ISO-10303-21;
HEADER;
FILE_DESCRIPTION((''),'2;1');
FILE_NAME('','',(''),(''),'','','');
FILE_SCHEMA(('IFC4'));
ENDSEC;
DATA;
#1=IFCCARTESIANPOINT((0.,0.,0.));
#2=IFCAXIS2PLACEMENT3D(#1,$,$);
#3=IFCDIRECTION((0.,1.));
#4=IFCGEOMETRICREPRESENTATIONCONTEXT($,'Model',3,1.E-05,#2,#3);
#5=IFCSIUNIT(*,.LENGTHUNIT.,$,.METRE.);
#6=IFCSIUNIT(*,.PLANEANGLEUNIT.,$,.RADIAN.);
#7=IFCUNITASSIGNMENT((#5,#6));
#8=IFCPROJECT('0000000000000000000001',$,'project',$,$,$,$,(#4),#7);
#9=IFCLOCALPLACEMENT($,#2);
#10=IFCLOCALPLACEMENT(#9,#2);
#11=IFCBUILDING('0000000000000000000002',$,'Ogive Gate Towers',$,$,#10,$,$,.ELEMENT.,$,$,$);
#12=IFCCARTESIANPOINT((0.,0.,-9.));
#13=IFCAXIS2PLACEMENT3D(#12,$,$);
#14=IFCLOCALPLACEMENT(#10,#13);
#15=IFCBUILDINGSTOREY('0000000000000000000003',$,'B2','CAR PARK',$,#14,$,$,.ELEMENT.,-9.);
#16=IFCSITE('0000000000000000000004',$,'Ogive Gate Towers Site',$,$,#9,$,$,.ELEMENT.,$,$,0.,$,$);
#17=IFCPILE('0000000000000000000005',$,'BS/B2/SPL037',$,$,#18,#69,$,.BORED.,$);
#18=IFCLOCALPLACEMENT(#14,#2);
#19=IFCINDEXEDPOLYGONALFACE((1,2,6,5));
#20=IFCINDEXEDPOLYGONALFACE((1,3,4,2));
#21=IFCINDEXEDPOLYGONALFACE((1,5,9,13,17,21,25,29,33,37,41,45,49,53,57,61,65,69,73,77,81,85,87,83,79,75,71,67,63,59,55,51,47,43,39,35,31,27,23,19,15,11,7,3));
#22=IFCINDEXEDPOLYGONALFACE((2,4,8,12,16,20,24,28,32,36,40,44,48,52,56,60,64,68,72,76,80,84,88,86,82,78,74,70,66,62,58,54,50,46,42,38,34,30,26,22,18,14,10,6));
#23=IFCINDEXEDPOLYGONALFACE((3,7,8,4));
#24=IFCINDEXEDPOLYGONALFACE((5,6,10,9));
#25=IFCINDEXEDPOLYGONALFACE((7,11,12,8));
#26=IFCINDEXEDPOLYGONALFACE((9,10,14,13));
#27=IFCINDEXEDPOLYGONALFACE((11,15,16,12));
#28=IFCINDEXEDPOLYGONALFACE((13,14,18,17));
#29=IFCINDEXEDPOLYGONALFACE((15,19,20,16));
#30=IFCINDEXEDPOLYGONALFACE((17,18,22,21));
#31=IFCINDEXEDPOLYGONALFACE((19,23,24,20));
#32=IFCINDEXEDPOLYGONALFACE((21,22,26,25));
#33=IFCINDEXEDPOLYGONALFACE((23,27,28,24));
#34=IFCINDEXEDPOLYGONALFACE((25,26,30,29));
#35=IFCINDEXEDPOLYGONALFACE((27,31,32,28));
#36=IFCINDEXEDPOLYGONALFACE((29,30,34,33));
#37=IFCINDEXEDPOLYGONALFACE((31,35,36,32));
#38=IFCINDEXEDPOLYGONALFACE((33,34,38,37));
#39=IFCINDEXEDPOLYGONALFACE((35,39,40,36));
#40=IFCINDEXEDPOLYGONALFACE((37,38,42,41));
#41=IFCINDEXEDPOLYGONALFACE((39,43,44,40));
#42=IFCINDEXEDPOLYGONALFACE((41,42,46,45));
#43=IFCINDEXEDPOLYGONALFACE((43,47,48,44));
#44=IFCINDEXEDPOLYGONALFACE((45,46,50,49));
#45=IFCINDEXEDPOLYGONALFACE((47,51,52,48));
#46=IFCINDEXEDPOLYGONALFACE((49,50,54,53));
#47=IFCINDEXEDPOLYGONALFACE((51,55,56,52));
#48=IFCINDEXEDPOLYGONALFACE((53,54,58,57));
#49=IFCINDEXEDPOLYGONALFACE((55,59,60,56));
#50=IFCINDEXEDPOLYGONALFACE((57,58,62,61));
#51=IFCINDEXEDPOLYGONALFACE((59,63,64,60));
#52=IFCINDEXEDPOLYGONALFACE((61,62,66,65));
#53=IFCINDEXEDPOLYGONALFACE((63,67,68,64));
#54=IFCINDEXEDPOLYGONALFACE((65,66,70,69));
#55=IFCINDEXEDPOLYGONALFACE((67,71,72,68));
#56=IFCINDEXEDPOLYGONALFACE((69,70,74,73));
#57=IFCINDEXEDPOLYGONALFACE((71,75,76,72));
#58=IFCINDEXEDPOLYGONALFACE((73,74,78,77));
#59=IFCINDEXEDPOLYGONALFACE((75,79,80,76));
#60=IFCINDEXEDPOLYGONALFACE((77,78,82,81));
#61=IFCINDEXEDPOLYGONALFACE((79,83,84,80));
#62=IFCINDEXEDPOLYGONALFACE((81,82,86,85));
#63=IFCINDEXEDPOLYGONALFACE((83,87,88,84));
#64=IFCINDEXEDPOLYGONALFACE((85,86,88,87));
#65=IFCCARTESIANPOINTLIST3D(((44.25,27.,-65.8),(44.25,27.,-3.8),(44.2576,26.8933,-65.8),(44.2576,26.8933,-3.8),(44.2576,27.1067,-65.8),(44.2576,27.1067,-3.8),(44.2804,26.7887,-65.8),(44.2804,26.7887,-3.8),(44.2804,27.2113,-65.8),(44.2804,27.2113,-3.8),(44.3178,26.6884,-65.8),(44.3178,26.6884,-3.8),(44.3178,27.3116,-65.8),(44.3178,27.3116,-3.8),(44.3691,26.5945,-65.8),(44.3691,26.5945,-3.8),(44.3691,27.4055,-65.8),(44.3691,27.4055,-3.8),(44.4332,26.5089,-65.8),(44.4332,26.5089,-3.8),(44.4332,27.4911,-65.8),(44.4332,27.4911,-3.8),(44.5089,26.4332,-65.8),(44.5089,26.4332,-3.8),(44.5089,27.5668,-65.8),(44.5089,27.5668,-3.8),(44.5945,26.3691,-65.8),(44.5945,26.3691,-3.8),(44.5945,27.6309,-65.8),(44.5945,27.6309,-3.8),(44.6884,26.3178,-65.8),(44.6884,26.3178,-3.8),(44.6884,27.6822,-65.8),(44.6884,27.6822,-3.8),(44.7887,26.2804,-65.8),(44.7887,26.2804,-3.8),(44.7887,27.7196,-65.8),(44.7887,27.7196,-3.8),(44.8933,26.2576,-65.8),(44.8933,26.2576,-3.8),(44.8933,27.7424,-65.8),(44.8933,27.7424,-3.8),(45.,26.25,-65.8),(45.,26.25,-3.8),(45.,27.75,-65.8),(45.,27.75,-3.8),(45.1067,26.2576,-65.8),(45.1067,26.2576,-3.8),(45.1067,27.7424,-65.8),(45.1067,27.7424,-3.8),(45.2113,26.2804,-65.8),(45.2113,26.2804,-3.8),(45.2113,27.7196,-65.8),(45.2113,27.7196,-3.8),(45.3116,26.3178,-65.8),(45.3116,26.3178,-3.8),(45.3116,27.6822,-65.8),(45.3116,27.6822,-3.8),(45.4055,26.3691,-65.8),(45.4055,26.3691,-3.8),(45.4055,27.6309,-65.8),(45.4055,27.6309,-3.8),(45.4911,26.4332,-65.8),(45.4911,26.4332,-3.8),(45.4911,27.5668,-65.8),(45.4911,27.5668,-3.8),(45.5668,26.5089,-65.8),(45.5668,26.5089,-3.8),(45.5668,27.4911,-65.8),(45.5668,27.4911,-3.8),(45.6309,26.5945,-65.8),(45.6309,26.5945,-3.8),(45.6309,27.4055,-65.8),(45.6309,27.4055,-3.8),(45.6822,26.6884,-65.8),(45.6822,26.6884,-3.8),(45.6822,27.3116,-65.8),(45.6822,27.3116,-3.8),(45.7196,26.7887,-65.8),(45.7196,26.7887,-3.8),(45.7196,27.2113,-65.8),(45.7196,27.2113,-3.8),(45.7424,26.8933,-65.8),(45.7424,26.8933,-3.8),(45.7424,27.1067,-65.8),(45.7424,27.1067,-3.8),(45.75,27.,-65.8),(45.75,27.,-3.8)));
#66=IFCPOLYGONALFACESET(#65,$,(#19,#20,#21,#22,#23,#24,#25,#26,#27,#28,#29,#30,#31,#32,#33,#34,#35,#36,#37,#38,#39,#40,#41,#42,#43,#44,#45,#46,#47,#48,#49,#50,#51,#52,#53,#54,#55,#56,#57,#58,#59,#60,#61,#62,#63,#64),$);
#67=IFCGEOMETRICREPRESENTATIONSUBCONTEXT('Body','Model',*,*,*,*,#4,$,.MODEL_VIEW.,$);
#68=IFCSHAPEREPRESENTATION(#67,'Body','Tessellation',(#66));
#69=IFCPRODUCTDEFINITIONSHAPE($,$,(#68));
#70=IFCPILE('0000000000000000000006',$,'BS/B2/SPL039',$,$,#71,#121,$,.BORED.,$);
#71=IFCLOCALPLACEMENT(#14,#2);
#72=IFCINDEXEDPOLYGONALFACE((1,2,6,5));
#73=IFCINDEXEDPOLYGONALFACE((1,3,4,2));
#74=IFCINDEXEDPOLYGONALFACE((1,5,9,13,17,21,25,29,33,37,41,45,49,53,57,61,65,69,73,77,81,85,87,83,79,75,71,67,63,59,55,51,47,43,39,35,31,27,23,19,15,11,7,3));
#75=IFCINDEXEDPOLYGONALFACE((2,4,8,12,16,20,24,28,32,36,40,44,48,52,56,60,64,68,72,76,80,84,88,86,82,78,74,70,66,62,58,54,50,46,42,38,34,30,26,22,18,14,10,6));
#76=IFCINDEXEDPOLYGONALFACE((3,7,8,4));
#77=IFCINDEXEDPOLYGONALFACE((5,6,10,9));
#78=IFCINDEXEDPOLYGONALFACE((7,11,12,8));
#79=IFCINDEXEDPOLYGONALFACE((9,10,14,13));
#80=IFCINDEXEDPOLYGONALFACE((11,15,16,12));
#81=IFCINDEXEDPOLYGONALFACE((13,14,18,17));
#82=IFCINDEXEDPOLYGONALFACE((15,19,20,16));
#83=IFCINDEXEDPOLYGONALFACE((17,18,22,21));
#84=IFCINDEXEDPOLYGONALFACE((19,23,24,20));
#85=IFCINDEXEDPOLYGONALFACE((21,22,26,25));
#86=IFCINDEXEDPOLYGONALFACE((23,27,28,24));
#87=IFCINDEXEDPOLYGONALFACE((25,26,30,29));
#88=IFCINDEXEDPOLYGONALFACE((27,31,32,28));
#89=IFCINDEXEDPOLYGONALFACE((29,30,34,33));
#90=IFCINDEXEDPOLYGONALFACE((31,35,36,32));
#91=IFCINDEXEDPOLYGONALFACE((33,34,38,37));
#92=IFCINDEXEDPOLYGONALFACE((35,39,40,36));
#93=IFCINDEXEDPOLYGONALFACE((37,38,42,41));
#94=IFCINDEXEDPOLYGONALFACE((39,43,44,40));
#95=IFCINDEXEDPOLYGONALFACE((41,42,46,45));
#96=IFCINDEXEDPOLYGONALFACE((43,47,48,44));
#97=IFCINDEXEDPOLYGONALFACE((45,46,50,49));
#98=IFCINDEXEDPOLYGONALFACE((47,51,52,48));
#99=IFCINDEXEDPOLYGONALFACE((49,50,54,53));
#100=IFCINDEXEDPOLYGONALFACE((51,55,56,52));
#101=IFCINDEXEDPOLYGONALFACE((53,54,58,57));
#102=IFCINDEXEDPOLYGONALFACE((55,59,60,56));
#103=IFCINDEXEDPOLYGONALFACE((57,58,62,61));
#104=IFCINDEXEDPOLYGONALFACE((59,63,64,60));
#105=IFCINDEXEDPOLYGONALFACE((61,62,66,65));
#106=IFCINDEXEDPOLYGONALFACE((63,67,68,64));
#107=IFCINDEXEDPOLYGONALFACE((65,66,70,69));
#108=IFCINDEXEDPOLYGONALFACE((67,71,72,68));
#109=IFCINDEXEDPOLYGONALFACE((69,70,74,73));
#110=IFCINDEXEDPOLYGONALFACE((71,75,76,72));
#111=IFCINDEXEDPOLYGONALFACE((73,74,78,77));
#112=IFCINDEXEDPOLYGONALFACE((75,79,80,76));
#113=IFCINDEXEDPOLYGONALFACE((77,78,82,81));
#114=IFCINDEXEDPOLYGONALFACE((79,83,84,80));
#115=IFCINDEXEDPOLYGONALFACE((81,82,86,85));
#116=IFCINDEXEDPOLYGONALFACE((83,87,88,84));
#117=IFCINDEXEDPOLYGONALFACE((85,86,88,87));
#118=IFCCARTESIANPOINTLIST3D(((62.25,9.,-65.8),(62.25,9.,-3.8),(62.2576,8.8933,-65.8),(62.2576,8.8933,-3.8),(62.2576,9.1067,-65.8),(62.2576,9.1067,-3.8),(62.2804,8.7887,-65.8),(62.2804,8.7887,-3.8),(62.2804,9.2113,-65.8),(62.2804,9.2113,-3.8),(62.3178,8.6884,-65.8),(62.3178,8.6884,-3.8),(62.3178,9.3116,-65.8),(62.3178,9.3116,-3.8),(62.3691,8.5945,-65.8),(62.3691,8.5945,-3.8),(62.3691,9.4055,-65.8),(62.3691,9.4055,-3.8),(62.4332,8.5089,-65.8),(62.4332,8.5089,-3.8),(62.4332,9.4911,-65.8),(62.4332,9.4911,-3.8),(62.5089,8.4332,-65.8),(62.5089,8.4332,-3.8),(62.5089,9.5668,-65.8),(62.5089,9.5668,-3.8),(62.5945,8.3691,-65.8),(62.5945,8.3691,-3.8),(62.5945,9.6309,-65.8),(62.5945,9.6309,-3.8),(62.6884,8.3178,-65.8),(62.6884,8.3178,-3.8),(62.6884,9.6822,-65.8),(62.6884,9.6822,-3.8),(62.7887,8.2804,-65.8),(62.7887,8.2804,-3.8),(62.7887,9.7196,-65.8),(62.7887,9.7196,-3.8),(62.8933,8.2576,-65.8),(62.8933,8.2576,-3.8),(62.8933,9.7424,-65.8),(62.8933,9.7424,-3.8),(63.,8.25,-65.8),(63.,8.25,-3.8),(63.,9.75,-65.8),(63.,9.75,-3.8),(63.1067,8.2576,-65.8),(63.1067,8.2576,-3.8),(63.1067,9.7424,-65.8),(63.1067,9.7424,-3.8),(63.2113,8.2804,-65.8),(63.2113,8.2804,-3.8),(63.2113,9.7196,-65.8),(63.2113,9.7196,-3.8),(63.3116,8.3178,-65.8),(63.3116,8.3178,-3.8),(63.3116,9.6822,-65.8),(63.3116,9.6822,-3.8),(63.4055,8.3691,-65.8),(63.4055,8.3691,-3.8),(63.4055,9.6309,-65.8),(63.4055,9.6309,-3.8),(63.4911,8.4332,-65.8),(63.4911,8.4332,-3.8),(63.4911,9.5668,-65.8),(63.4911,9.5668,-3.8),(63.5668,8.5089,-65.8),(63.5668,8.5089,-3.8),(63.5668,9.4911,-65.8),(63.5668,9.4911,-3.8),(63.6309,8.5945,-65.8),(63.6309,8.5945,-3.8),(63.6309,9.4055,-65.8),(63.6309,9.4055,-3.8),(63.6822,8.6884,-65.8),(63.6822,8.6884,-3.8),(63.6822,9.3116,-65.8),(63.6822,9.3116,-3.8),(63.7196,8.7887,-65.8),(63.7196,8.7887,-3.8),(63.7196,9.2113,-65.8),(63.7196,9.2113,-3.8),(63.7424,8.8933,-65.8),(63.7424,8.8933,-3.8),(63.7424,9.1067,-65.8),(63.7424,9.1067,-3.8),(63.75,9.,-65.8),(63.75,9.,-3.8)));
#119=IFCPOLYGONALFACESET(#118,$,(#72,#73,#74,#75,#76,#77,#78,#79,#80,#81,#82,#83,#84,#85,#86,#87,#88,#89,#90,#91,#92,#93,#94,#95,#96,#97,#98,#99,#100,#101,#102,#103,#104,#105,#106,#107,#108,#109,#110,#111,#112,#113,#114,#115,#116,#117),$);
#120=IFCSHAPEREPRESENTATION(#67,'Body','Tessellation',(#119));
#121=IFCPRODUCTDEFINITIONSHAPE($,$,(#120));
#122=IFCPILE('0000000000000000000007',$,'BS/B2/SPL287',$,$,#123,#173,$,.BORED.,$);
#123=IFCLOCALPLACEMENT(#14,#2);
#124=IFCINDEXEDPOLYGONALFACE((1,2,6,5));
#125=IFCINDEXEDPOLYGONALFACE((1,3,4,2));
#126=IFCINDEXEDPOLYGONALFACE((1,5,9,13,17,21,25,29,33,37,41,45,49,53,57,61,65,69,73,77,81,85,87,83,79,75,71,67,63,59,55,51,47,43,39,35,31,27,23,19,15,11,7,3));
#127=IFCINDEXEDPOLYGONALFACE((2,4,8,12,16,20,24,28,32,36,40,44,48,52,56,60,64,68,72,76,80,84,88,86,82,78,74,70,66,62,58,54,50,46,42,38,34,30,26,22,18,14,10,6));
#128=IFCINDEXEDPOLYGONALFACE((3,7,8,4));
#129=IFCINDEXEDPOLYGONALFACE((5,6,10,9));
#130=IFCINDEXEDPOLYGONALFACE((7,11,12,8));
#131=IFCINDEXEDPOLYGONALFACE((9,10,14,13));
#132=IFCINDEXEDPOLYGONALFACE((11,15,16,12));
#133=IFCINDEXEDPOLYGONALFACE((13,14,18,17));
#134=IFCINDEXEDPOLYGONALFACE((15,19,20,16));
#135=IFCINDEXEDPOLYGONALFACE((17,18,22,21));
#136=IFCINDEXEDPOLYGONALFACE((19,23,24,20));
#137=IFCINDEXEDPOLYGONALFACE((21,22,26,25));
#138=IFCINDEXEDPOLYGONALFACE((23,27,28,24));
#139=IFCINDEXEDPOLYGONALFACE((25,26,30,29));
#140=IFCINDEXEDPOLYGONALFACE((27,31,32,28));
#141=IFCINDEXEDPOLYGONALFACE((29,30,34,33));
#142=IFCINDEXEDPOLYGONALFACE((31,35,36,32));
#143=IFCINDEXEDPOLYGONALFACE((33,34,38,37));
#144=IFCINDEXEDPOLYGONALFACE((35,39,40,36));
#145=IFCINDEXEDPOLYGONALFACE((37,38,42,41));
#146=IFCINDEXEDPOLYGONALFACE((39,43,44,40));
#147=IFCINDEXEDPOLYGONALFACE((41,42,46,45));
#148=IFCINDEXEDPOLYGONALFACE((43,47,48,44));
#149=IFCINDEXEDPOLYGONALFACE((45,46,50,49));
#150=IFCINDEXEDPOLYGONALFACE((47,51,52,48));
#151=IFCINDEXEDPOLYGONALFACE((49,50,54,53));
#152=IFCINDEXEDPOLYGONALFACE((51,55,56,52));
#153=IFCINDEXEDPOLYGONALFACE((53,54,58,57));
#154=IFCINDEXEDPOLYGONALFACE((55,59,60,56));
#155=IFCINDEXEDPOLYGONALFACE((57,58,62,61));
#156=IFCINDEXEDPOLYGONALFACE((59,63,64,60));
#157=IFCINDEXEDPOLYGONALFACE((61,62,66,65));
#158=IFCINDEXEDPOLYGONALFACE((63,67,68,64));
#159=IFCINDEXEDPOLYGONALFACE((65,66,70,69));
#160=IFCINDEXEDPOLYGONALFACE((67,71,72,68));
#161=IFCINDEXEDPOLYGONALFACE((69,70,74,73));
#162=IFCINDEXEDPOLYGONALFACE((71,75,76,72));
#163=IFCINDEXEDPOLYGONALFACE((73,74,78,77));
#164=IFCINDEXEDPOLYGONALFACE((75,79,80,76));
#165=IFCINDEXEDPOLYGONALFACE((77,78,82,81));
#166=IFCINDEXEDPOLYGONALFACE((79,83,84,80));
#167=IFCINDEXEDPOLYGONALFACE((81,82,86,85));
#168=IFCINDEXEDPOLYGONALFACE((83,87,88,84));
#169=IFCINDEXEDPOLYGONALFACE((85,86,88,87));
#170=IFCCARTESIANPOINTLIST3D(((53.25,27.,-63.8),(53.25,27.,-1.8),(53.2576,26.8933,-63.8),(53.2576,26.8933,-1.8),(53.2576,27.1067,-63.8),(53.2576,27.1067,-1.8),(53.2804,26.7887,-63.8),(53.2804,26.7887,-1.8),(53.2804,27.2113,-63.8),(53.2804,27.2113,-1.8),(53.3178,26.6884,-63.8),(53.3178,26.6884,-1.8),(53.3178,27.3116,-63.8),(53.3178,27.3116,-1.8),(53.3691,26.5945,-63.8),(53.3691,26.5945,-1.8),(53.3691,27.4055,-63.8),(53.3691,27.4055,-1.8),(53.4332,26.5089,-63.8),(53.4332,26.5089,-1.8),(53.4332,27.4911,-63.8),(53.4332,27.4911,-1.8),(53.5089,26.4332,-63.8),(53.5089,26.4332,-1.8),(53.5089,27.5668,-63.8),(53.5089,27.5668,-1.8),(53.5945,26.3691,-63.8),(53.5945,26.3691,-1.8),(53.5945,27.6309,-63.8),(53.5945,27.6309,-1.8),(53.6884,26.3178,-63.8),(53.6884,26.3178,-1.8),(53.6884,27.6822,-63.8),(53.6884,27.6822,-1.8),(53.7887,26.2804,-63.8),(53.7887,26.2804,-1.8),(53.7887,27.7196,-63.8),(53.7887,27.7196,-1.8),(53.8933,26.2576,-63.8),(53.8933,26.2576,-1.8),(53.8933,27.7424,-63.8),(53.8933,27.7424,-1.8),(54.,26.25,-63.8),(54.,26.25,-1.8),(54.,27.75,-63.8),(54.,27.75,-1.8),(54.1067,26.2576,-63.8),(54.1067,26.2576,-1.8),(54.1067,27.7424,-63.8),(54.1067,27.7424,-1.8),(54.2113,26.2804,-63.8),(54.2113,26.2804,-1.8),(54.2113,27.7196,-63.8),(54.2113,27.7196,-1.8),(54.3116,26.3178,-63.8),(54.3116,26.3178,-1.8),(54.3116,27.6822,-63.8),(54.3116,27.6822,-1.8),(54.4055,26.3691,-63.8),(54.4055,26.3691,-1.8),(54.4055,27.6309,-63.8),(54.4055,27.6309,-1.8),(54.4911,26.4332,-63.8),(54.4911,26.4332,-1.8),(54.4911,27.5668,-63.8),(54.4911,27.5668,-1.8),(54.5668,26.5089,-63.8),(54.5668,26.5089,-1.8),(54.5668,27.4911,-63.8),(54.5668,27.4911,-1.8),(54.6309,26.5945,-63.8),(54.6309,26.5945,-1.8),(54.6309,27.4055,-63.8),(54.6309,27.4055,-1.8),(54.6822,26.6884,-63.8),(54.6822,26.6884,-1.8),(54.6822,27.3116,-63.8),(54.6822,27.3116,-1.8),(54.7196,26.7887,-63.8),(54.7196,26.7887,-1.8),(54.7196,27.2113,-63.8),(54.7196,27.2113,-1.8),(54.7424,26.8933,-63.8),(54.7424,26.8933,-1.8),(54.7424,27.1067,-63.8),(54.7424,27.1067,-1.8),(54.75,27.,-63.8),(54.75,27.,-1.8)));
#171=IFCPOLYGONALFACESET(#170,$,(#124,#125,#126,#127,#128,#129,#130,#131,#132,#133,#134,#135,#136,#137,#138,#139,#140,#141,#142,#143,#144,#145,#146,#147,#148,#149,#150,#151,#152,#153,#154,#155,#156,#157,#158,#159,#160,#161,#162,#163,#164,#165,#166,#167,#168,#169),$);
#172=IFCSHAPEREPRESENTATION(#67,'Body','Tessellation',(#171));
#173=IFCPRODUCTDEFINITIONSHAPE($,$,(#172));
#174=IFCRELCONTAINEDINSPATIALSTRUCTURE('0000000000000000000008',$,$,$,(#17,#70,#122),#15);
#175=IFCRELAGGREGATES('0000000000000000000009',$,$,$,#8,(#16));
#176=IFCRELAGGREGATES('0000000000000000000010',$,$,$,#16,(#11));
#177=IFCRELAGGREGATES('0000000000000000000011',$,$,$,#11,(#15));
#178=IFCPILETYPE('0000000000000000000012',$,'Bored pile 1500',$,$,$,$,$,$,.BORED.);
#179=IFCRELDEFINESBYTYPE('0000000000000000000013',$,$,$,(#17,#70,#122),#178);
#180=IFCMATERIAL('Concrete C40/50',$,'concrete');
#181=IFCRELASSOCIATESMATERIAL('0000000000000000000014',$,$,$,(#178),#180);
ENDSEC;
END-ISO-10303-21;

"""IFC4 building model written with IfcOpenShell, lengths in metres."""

from ifc_helpers import new_model, si_unit, direction, frame, origin, origin_2d, place, context, subcontext, project, spatial, circle, extrude, material, material_profile, profile_set, type_object, element, save


model = new_model("IFC4")

# Units and contexts
model_context = context("Model", 3, precision=1e-05, world=origin(), true_north=direction((0.0, 1.0)))
body_context = subcontext(model_context, "Body", "Model", "MODEL_VIEW")
ifc_project = project(units=[si_unit("LENGTHUNIT", "METRE"), si_unit("PLANEANGLEUNIT", "RADIAN")], contexts=[model_context])

# Site, building, storey
site_placement = place(None, origin())
site = spatial("IfcSite", under=ifc_project, at=site_placement, Name="Ogive Gate Towers Site", CompositionType="ELEMENT", RefElevation=0.0)
building_placement = place(site_placement, origin())
building = spatial("IfcBuilding", under=site, at=building_placement, Name="Ogive Gate Towers", CompositionType="ELEMENT")
storey_placement = place(building_placement, frame((0.0, 0.0, -9.0)))
storey = spatial("IfcBuildingStorey", under=building, at=storey_placement, Name="B2", Description="CAR PARK", CompositionType="ELEMENT", Elevation=-9.0)

# Piles
ifc_material_1 = material(Name="Concrete C40/50", Category="concrete")
ifc_material_profile_1 = material_profile(ifc_material_1, circle(Radius=0.75, at=origin_2d()), Name="BP 1500")
ifc_profile_set_1 = profile_set([ifc_material_profile_1], Name="Concrete C40/50")
pile_type_1 = type_object("IfcPileType", Name="Bored pile 1500", PredefinedType="BORED", material=ifc_profile_set_1)
for number, where, z_axis, x_axis, name in (
    (1, (45.0, 27.0, -3.8), (0.0, 0.0, -1.0), (1.0, 0.0, 0.0), "BS/B2/SPL037"),
    (2, (63.0, 9.0, -3.8), (0.0, 0.0, -1.0), (1.0, 0.0, 0.0), "BS/B2/SPL039"),
    (3, (54.0, 27.0, -1.8), (0.0, 0.0, -1.0), (1.0, 0.0, 0.0), "BS/B2/SPL287"),
):
    element("IfcPile", number, at=place(storey_placement, frame(where, z_axis=z_axis, x_axis=x_axis)), inside=storey, type_object=pile_type_1, Name=name, PredefinedType="BORED", context=body_context, shape_type="SweptSolid", body=[
        extrude(circle(Radius=0.75, at=origin_2d()), origin(), (0.0, 0.0, 1.0), 62.0),
    ])

save(model, "model.ifc")
